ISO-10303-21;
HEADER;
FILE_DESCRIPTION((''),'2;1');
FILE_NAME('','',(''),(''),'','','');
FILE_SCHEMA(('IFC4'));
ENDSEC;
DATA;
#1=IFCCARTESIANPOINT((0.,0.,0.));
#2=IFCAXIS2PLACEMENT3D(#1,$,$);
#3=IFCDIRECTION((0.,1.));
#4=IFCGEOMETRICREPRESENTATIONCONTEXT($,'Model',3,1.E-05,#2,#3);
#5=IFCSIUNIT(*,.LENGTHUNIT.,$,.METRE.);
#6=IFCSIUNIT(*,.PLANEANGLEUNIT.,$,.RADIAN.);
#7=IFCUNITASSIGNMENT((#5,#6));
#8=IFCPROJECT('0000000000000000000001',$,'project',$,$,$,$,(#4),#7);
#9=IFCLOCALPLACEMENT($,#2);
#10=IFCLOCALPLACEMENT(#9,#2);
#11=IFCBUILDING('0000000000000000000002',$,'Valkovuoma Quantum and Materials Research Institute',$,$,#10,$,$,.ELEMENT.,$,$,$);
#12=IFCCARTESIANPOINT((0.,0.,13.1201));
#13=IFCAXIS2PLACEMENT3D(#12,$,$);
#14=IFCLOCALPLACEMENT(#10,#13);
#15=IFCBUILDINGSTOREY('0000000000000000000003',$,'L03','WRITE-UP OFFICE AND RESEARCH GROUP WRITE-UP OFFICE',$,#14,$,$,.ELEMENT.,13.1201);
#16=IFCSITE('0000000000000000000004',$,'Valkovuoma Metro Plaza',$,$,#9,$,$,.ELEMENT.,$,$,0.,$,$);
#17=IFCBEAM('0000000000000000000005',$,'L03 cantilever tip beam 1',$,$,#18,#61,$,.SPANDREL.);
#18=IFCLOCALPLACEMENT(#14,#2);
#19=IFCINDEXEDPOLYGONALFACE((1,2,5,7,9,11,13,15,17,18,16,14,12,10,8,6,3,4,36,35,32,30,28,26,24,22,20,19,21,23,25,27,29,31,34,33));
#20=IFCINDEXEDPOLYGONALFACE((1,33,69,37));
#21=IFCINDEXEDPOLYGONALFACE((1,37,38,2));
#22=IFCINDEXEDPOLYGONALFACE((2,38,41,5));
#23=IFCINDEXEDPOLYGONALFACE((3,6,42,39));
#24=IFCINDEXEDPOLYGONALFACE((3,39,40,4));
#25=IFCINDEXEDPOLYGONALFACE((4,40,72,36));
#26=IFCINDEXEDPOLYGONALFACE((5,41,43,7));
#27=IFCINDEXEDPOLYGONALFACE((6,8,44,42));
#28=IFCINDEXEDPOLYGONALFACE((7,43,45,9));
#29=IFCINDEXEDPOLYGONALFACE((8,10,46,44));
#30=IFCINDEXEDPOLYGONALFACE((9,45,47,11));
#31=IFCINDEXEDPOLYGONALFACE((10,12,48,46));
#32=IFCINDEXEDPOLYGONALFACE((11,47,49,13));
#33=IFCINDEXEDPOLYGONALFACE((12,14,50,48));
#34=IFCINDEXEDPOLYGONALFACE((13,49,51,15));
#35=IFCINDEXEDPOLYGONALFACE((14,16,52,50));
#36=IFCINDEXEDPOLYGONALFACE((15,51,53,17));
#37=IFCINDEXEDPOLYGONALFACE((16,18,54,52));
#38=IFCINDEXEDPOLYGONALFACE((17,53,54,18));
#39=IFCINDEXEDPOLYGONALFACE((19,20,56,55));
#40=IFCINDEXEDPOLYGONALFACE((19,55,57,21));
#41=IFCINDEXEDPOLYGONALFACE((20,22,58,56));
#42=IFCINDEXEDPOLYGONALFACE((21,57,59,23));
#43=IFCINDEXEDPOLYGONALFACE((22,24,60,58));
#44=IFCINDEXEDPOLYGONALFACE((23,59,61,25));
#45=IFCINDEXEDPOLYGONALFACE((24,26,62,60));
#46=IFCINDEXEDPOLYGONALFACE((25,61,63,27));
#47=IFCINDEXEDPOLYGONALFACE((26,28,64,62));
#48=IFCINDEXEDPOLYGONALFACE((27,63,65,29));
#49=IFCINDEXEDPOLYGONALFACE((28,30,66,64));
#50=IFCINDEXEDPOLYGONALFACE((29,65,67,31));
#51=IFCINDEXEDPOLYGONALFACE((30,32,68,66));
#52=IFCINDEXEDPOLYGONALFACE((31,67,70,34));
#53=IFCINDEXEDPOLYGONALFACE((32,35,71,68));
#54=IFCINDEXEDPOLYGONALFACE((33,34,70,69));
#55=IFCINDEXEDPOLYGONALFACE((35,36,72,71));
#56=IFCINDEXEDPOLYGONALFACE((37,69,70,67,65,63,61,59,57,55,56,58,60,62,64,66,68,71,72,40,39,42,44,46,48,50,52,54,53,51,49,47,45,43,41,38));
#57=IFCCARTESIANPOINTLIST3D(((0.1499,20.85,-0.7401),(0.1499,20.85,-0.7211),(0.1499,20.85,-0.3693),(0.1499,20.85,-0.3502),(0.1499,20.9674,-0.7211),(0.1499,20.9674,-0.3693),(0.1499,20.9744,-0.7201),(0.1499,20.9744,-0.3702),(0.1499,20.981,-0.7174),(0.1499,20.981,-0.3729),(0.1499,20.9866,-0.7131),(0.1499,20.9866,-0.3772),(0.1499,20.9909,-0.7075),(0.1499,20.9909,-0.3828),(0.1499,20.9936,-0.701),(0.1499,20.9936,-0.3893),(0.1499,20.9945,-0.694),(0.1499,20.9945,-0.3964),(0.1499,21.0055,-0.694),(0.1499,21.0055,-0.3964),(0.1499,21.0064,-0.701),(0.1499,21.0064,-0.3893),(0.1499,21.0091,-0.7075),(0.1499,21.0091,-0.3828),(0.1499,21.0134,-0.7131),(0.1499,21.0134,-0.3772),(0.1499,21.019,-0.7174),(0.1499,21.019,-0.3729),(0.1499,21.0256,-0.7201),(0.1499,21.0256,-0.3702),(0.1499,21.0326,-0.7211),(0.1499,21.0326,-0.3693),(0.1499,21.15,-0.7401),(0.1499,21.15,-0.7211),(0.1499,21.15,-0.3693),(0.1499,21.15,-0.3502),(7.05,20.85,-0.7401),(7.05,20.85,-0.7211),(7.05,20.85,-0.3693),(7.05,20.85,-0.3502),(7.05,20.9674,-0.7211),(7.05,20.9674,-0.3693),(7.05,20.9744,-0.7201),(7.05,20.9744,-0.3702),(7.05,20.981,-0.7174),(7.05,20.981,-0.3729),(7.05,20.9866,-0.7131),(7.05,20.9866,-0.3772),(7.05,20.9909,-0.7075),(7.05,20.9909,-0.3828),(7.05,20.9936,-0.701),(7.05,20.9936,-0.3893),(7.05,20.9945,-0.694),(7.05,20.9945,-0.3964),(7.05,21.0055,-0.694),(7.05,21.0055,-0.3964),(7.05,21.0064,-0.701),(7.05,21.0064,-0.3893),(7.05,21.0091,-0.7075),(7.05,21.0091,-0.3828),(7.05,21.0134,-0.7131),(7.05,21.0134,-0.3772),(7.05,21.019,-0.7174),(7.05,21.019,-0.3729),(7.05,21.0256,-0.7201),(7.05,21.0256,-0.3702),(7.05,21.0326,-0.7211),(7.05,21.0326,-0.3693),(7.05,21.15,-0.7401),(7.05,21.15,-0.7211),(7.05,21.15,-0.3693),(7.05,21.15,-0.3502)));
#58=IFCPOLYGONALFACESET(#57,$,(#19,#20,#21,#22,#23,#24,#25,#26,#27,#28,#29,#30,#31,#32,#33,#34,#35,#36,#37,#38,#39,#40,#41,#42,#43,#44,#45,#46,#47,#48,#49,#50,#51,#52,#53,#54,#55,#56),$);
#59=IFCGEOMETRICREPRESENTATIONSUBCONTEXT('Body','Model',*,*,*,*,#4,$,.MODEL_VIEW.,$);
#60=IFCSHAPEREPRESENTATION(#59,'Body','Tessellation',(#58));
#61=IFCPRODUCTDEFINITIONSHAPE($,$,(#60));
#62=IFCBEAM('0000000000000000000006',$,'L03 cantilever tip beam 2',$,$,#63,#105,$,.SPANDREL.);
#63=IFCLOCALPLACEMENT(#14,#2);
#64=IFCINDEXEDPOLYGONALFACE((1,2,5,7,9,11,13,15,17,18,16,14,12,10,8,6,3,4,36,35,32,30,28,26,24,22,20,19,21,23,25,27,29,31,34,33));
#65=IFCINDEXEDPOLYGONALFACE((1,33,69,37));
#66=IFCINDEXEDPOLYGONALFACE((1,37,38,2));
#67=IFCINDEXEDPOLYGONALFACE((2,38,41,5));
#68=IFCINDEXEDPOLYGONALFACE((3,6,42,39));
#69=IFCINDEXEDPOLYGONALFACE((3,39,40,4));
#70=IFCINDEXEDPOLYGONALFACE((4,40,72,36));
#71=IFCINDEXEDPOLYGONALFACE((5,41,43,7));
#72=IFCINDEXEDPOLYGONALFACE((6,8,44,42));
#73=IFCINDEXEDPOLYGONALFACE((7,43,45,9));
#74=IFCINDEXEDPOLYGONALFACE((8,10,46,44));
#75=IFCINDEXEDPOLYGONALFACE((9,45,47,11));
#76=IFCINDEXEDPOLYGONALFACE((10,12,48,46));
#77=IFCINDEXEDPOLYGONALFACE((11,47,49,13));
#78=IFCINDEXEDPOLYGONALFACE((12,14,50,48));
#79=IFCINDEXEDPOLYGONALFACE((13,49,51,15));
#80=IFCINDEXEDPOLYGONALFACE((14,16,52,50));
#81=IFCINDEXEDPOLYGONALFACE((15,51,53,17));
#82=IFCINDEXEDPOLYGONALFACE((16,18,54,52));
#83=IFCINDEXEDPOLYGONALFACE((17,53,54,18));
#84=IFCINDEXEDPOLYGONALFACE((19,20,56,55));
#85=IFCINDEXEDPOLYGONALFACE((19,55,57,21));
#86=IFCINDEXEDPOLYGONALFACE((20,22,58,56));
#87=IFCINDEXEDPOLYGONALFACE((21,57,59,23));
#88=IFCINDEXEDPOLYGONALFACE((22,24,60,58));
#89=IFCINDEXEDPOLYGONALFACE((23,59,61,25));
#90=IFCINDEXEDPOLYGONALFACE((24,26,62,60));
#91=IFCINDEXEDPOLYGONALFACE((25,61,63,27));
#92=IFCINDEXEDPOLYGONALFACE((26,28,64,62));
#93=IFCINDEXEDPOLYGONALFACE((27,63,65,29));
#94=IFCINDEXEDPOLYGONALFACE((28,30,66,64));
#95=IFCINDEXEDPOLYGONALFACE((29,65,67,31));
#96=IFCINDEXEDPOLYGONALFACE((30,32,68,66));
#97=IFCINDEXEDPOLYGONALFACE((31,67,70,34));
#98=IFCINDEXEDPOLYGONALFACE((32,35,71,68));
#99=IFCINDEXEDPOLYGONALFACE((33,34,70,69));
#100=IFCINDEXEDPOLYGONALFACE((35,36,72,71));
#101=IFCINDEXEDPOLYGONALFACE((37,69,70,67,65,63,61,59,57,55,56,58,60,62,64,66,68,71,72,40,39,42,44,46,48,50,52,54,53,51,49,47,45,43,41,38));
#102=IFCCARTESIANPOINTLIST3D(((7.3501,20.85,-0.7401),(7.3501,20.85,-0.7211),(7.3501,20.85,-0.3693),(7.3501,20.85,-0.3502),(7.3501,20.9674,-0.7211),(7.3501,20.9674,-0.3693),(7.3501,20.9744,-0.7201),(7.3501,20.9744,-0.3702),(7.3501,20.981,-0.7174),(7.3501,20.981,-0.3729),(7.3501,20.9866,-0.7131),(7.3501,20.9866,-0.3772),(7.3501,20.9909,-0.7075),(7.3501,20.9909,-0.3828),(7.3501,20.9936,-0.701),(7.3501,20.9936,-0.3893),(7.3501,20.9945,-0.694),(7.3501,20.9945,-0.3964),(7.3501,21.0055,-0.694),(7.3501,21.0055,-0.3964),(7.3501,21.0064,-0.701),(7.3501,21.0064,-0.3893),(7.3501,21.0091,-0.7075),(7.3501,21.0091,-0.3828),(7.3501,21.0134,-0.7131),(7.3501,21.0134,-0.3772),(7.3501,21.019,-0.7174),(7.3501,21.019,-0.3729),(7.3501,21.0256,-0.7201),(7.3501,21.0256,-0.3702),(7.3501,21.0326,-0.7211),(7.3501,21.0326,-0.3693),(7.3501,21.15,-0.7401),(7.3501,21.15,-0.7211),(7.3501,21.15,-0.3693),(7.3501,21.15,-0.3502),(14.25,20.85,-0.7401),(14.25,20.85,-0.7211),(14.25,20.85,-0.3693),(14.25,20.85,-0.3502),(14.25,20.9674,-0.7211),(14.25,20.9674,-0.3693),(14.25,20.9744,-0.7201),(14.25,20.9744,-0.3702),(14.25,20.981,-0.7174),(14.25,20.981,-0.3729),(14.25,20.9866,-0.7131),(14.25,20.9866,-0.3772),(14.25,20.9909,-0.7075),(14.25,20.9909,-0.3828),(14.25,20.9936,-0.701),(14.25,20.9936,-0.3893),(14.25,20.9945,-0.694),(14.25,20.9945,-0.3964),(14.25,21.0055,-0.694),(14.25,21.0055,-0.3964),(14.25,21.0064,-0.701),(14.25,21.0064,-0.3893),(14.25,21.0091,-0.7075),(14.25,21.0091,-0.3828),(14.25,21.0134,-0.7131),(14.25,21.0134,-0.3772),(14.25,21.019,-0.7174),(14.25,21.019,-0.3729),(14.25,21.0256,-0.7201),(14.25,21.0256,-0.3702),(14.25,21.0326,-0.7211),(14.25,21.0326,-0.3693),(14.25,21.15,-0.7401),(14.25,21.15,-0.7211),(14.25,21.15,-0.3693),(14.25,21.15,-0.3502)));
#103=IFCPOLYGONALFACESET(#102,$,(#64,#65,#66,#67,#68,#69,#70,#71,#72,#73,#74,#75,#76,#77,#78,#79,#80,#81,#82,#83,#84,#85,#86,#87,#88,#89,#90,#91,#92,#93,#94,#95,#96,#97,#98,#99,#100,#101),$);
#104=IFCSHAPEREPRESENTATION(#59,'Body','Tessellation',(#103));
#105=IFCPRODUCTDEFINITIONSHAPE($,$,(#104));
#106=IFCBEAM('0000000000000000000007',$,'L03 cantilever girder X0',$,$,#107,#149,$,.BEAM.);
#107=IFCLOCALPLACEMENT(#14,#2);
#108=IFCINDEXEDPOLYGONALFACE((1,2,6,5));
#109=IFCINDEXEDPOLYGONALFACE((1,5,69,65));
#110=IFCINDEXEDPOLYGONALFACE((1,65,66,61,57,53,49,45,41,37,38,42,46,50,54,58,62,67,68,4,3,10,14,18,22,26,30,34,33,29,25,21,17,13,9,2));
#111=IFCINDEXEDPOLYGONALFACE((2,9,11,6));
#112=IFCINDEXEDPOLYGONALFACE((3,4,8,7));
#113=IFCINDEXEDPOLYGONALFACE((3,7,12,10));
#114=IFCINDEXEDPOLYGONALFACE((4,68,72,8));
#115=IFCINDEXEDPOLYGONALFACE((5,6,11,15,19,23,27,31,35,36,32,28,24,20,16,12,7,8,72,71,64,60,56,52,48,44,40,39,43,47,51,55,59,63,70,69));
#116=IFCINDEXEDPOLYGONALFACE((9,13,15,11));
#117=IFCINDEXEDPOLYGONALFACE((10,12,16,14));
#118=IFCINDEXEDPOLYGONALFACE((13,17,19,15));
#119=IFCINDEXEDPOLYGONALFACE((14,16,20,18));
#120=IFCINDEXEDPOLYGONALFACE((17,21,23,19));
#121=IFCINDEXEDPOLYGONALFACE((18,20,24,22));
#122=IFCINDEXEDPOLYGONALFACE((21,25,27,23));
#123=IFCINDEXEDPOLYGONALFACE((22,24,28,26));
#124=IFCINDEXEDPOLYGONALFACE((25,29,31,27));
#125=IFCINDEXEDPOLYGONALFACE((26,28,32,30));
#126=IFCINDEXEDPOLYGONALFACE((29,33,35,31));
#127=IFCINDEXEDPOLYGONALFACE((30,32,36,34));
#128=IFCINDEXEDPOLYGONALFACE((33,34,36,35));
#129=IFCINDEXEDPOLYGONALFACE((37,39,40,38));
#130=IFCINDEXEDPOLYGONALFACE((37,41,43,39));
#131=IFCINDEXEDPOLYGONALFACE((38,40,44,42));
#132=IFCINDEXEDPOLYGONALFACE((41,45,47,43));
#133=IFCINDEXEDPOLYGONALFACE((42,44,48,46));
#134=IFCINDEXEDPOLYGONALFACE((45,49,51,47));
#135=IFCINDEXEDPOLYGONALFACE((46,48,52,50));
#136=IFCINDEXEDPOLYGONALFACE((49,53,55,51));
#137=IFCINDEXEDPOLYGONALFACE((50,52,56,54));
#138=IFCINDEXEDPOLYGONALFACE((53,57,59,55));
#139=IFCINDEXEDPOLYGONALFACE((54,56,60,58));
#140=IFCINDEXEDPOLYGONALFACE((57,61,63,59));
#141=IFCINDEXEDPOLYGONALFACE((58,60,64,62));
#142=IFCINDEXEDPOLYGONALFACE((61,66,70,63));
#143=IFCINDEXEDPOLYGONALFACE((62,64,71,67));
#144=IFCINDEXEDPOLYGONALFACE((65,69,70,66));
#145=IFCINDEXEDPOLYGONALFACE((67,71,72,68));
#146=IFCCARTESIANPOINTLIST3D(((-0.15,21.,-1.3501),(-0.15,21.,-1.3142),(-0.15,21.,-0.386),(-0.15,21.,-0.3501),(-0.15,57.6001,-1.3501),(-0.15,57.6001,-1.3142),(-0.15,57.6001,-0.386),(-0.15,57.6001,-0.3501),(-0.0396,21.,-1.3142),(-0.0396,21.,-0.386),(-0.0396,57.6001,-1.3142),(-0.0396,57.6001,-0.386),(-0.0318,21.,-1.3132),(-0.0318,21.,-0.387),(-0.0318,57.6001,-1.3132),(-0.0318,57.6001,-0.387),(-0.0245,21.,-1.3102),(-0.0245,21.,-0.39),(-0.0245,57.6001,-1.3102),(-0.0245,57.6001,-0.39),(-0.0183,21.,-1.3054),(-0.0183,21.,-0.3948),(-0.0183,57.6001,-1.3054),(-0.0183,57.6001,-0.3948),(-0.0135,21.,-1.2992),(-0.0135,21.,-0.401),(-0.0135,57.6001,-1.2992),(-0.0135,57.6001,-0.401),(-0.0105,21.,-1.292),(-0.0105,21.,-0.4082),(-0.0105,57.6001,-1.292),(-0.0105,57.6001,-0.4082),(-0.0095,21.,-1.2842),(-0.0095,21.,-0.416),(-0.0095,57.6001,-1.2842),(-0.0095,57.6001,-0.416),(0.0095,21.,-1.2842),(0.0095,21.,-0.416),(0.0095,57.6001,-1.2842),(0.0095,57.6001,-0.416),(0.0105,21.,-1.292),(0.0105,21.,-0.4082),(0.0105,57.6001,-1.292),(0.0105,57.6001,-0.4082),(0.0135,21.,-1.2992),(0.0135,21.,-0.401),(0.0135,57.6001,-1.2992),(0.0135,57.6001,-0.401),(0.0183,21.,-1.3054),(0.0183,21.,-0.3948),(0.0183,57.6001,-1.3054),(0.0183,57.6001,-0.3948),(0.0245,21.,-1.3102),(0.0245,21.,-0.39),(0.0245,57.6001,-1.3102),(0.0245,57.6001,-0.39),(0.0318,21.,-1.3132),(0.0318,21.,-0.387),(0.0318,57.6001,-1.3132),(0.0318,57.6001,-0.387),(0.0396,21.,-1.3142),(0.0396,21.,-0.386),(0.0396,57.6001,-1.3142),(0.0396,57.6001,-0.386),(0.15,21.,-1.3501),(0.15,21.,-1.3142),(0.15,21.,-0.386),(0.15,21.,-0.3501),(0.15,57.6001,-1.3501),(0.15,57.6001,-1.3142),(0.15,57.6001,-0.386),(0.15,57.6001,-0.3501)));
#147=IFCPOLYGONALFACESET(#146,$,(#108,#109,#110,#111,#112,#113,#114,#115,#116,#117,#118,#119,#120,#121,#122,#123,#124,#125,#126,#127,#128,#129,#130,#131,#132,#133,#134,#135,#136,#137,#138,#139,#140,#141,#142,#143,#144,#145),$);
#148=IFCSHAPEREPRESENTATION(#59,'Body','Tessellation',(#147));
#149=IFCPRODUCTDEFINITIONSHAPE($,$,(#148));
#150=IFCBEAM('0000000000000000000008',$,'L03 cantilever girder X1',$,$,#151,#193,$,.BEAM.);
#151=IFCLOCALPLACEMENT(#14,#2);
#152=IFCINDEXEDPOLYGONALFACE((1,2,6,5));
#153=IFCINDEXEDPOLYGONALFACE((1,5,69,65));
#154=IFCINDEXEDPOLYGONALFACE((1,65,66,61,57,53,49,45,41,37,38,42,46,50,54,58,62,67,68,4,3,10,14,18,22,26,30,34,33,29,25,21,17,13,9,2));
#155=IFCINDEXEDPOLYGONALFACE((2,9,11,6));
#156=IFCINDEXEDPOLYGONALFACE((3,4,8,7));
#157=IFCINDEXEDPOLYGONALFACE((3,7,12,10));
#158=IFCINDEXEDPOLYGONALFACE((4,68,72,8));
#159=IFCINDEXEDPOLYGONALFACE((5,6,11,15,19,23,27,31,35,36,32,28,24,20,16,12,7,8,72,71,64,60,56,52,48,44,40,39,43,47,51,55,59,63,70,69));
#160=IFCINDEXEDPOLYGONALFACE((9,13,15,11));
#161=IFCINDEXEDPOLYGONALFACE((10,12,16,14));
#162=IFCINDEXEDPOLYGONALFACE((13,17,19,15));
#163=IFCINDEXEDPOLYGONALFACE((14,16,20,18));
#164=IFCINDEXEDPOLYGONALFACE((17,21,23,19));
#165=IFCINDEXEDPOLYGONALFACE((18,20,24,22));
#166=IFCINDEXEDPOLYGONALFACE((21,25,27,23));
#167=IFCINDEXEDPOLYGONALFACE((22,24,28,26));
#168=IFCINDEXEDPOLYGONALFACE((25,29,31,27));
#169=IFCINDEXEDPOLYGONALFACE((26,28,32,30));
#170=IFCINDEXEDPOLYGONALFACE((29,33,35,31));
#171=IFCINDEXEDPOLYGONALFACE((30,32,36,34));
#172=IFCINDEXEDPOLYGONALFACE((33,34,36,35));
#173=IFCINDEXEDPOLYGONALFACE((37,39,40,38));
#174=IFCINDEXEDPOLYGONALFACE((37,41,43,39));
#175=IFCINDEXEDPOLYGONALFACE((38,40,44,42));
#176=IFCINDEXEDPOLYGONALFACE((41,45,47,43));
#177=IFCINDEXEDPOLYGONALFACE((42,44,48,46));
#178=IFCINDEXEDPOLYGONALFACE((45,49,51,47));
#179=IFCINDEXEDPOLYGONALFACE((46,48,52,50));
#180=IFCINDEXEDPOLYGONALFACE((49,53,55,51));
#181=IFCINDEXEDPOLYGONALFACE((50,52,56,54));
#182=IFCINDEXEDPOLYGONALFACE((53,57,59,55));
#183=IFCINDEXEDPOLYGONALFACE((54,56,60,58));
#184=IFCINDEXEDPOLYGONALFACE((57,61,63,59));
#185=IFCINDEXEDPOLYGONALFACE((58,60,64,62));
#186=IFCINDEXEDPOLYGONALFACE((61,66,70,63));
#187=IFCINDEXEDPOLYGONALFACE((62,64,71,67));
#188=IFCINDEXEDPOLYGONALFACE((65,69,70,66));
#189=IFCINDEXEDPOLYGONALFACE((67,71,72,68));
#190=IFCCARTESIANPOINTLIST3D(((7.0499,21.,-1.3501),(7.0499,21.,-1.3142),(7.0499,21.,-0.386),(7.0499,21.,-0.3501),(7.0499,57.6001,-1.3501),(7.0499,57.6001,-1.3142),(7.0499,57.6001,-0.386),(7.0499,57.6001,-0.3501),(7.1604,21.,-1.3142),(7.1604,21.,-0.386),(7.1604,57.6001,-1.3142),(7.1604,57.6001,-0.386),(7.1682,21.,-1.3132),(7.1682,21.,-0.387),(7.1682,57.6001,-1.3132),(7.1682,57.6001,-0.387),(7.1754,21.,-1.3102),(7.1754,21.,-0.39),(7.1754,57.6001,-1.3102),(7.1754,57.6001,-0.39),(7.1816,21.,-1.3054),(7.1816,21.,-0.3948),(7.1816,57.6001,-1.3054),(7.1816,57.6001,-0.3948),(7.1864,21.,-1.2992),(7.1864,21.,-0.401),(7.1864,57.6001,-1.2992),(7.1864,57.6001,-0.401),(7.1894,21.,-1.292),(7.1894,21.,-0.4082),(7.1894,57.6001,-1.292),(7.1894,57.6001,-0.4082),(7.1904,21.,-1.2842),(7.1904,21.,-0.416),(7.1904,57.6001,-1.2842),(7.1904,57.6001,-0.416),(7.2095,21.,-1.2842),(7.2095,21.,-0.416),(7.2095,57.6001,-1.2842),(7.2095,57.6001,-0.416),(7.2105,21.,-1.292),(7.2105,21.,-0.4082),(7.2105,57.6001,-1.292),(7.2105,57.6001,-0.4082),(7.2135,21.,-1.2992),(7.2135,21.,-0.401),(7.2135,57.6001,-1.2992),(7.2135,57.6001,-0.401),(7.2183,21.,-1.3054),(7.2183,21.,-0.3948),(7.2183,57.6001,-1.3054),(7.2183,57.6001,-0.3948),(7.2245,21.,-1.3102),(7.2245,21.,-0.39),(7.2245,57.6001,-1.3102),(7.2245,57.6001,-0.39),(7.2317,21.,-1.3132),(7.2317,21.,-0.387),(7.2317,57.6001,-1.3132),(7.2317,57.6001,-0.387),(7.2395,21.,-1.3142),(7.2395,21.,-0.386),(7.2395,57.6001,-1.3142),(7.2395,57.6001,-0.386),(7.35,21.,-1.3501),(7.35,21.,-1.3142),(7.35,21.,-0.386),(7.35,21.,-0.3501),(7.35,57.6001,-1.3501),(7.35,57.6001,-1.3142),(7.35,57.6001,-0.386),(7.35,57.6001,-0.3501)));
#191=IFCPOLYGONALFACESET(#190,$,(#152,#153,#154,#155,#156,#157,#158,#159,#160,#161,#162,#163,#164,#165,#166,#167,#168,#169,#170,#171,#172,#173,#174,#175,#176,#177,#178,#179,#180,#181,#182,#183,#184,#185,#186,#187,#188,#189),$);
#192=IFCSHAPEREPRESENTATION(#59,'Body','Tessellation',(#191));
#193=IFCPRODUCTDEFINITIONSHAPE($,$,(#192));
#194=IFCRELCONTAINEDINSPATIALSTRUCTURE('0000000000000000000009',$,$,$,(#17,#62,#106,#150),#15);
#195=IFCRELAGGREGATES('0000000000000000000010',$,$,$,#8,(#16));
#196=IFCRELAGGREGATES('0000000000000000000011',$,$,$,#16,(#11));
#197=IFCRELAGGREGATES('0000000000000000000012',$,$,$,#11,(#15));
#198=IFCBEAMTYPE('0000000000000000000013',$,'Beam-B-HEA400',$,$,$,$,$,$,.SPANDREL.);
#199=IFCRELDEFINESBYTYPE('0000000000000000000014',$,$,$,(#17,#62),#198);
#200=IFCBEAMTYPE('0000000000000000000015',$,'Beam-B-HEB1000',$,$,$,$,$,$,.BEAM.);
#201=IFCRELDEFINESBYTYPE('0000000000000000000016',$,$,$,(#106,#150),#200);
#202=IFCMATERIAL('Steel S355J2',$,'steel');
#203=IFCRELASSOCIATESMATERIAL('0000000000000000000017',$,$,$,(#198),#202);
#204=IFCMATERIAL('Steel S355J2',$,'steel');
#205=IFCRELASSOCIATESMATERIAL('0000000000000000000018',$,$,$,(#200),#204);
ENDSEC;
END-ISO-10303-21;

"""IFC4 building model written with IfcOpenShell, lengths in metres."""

from ifc_helpers import new_model, si_unit, direction, frame, origin, origin_2d, place, context, subcontext, project, spatial, i_section, extrude, material, material_profile, profile_set, type_object, element, save


model = new_model("IFC4")

# Units and contexts
model_context = context("Model", 3, precision=1e-05, world=origin(), true_north=direction((0.0, 1.0)))
body_context = subcontext(model_context, "Body", "Model", "MODEL_VIEW")
ifc_project = project(units=[si_unit("LENGTHUNIT", "METRE"), si_unit("PLANEANGLEUNIT", "RADIAN")], contexts=[model_context])

# Site, building, storey
site_placement = place(None, origin())
site = spatial("IfcSite", under=ifc_project, at=site_placement, Name="Valkovuoma Metro Plaza", CompositionType="ELEMENT", RefElevation=0.0)
building_placement = place(site_placement, origin())
building = spatial("IfcBuilding", under=site, at=building_placement, Name="Valkovuoma Quantum and Materials Research Institute", CompositionType="ELEMENT")
storey_placement = place(building_placement, frame((0.0, 0.0, 13.1201)))
storey = spatial("IfcBuildingStorey", under=building, at=storey_placement, Name="L03", Description="WRITE-UP OFFICE AND RESEARCH GROUP WRITE-UP OFFICE", CompositionType="ELEMENT", Elevation=13.1201)

# Beams
ifc_material_1 = material(Name="Steel S355J2", Category="steel")
ifc_material_profile_1 = material_profile(ifc_material_1, i_section(OverallWidth=0.3, OverallDepth=0.3899, WebThickness=0.011, FlangeThickness=0.019, FilletRadius=0.0271, at=origin_2d()), Name="Steel S355J2")
ifc_profile_set_1 = profile_set([ifc_material_profile_1], Name="Steel S355J2")
beam_type_1 = type_object("IfcBeamType", Name="Beam-B-HEA400", PredefinedType="SPANDREL", material=ifc_profile_set_1)
beam_1_placement = place(storey_placement, frame((0.1499, 21.0, -0.5452), z_axis=(1.0, 0.0, 0.0), x_axis=(0.0, 1.0, 0.0)))
element("IfcBeam", 1, at=beam_1_placement, inside=storey, type_object=beam_type_1, Name="L03 cantilever tip beam 1", PredefinedType="SPANDREL", context=body_context, shape_type="SweptSolid", body=[
    extrude(i_section(OverallWidth=0.3, OverallDepth=0.3899, WebThickness=0.011, FlangeThickness=0.019, FilletRadius=0.0271, at=origin_2d()), origin(), (0.0, 0.0, 1.0), 6.9001),
])
beam_2_placement = place(storey_placement, frame((7.3501, 21.0, -0.5452), z_axis=(1.0, 0.0, 0.0), x_axis=(0.0, 1.0, 0.0)))
element("IfcBeam", 2, at=beam_2_placement, inside=storey, type_object=beam_type_1, Name="L03 cantilever tip beam 2", PredefinedType="SPANDREL", context=body_context, shape_type="SweptSolid", body=[
    extrude(i_section(OverallWidth=0.3, OverallDepth=0.3899, WebThickness=0.011, FlangeThickness=0.019, FilletRadius=0.0271, at=origin_2d()), origin(), (0.0, 0.0, 1.0), 6.8999),
])
ifc_material_2 = material(Name="Steel S355J2", Category="steel")
ifc_material_profile_2 = material_profile(ifc_material_2, i_section(OverallWidth=0.3, OverallDepth=1.0, WebThickness=0.019, FlangeThickness=0.0359, FilletRadius=0.03, at=origin_2d()), Name="Steel S355J2")
ifc_profile_set_2 = profile_set([ifc_material_profile_2], Name="Steel S355J2")
beam_type_2 = type_object("IfcBeamType", Name="Beam-B-HEB1000", PredefinedType="BEAM", material=ifc_profile_set_2)
for number, where, z_axis, x_axis, name in (
    (3, (0.0, 21.0, -0.8501), (0.0, 1.0, 0.0), (-1.0, 0.0, 0.0), "L03 cantilever girder X0"),
    (4, (7.2, 21.0, -0.8501), (0.0, 1.0, 0.0), (-1.0, 0.0, 0.0), "L03 cantilever girder X1"),
):
    element("IfcBeam", number, at=place(storey_placement, frame(where, z_axis=z_axis, x_axis=x_axis)), inside=storey, type_object=beam_type_2, Name=name, PredefinedType="BEAM", context=body_context, shape_type="SweptSolid", body=[
        extrude(i_section(OverallWidth=0.3, OverallDepth=1.0, WebThickness=0.019, FlangeThickness=0.0359, FilletRadius=0.03, at=origin_2d()), origin(), (0.0, 0.0, 1.0), 36.6001),
    ])

save(model, "model.ifc")
